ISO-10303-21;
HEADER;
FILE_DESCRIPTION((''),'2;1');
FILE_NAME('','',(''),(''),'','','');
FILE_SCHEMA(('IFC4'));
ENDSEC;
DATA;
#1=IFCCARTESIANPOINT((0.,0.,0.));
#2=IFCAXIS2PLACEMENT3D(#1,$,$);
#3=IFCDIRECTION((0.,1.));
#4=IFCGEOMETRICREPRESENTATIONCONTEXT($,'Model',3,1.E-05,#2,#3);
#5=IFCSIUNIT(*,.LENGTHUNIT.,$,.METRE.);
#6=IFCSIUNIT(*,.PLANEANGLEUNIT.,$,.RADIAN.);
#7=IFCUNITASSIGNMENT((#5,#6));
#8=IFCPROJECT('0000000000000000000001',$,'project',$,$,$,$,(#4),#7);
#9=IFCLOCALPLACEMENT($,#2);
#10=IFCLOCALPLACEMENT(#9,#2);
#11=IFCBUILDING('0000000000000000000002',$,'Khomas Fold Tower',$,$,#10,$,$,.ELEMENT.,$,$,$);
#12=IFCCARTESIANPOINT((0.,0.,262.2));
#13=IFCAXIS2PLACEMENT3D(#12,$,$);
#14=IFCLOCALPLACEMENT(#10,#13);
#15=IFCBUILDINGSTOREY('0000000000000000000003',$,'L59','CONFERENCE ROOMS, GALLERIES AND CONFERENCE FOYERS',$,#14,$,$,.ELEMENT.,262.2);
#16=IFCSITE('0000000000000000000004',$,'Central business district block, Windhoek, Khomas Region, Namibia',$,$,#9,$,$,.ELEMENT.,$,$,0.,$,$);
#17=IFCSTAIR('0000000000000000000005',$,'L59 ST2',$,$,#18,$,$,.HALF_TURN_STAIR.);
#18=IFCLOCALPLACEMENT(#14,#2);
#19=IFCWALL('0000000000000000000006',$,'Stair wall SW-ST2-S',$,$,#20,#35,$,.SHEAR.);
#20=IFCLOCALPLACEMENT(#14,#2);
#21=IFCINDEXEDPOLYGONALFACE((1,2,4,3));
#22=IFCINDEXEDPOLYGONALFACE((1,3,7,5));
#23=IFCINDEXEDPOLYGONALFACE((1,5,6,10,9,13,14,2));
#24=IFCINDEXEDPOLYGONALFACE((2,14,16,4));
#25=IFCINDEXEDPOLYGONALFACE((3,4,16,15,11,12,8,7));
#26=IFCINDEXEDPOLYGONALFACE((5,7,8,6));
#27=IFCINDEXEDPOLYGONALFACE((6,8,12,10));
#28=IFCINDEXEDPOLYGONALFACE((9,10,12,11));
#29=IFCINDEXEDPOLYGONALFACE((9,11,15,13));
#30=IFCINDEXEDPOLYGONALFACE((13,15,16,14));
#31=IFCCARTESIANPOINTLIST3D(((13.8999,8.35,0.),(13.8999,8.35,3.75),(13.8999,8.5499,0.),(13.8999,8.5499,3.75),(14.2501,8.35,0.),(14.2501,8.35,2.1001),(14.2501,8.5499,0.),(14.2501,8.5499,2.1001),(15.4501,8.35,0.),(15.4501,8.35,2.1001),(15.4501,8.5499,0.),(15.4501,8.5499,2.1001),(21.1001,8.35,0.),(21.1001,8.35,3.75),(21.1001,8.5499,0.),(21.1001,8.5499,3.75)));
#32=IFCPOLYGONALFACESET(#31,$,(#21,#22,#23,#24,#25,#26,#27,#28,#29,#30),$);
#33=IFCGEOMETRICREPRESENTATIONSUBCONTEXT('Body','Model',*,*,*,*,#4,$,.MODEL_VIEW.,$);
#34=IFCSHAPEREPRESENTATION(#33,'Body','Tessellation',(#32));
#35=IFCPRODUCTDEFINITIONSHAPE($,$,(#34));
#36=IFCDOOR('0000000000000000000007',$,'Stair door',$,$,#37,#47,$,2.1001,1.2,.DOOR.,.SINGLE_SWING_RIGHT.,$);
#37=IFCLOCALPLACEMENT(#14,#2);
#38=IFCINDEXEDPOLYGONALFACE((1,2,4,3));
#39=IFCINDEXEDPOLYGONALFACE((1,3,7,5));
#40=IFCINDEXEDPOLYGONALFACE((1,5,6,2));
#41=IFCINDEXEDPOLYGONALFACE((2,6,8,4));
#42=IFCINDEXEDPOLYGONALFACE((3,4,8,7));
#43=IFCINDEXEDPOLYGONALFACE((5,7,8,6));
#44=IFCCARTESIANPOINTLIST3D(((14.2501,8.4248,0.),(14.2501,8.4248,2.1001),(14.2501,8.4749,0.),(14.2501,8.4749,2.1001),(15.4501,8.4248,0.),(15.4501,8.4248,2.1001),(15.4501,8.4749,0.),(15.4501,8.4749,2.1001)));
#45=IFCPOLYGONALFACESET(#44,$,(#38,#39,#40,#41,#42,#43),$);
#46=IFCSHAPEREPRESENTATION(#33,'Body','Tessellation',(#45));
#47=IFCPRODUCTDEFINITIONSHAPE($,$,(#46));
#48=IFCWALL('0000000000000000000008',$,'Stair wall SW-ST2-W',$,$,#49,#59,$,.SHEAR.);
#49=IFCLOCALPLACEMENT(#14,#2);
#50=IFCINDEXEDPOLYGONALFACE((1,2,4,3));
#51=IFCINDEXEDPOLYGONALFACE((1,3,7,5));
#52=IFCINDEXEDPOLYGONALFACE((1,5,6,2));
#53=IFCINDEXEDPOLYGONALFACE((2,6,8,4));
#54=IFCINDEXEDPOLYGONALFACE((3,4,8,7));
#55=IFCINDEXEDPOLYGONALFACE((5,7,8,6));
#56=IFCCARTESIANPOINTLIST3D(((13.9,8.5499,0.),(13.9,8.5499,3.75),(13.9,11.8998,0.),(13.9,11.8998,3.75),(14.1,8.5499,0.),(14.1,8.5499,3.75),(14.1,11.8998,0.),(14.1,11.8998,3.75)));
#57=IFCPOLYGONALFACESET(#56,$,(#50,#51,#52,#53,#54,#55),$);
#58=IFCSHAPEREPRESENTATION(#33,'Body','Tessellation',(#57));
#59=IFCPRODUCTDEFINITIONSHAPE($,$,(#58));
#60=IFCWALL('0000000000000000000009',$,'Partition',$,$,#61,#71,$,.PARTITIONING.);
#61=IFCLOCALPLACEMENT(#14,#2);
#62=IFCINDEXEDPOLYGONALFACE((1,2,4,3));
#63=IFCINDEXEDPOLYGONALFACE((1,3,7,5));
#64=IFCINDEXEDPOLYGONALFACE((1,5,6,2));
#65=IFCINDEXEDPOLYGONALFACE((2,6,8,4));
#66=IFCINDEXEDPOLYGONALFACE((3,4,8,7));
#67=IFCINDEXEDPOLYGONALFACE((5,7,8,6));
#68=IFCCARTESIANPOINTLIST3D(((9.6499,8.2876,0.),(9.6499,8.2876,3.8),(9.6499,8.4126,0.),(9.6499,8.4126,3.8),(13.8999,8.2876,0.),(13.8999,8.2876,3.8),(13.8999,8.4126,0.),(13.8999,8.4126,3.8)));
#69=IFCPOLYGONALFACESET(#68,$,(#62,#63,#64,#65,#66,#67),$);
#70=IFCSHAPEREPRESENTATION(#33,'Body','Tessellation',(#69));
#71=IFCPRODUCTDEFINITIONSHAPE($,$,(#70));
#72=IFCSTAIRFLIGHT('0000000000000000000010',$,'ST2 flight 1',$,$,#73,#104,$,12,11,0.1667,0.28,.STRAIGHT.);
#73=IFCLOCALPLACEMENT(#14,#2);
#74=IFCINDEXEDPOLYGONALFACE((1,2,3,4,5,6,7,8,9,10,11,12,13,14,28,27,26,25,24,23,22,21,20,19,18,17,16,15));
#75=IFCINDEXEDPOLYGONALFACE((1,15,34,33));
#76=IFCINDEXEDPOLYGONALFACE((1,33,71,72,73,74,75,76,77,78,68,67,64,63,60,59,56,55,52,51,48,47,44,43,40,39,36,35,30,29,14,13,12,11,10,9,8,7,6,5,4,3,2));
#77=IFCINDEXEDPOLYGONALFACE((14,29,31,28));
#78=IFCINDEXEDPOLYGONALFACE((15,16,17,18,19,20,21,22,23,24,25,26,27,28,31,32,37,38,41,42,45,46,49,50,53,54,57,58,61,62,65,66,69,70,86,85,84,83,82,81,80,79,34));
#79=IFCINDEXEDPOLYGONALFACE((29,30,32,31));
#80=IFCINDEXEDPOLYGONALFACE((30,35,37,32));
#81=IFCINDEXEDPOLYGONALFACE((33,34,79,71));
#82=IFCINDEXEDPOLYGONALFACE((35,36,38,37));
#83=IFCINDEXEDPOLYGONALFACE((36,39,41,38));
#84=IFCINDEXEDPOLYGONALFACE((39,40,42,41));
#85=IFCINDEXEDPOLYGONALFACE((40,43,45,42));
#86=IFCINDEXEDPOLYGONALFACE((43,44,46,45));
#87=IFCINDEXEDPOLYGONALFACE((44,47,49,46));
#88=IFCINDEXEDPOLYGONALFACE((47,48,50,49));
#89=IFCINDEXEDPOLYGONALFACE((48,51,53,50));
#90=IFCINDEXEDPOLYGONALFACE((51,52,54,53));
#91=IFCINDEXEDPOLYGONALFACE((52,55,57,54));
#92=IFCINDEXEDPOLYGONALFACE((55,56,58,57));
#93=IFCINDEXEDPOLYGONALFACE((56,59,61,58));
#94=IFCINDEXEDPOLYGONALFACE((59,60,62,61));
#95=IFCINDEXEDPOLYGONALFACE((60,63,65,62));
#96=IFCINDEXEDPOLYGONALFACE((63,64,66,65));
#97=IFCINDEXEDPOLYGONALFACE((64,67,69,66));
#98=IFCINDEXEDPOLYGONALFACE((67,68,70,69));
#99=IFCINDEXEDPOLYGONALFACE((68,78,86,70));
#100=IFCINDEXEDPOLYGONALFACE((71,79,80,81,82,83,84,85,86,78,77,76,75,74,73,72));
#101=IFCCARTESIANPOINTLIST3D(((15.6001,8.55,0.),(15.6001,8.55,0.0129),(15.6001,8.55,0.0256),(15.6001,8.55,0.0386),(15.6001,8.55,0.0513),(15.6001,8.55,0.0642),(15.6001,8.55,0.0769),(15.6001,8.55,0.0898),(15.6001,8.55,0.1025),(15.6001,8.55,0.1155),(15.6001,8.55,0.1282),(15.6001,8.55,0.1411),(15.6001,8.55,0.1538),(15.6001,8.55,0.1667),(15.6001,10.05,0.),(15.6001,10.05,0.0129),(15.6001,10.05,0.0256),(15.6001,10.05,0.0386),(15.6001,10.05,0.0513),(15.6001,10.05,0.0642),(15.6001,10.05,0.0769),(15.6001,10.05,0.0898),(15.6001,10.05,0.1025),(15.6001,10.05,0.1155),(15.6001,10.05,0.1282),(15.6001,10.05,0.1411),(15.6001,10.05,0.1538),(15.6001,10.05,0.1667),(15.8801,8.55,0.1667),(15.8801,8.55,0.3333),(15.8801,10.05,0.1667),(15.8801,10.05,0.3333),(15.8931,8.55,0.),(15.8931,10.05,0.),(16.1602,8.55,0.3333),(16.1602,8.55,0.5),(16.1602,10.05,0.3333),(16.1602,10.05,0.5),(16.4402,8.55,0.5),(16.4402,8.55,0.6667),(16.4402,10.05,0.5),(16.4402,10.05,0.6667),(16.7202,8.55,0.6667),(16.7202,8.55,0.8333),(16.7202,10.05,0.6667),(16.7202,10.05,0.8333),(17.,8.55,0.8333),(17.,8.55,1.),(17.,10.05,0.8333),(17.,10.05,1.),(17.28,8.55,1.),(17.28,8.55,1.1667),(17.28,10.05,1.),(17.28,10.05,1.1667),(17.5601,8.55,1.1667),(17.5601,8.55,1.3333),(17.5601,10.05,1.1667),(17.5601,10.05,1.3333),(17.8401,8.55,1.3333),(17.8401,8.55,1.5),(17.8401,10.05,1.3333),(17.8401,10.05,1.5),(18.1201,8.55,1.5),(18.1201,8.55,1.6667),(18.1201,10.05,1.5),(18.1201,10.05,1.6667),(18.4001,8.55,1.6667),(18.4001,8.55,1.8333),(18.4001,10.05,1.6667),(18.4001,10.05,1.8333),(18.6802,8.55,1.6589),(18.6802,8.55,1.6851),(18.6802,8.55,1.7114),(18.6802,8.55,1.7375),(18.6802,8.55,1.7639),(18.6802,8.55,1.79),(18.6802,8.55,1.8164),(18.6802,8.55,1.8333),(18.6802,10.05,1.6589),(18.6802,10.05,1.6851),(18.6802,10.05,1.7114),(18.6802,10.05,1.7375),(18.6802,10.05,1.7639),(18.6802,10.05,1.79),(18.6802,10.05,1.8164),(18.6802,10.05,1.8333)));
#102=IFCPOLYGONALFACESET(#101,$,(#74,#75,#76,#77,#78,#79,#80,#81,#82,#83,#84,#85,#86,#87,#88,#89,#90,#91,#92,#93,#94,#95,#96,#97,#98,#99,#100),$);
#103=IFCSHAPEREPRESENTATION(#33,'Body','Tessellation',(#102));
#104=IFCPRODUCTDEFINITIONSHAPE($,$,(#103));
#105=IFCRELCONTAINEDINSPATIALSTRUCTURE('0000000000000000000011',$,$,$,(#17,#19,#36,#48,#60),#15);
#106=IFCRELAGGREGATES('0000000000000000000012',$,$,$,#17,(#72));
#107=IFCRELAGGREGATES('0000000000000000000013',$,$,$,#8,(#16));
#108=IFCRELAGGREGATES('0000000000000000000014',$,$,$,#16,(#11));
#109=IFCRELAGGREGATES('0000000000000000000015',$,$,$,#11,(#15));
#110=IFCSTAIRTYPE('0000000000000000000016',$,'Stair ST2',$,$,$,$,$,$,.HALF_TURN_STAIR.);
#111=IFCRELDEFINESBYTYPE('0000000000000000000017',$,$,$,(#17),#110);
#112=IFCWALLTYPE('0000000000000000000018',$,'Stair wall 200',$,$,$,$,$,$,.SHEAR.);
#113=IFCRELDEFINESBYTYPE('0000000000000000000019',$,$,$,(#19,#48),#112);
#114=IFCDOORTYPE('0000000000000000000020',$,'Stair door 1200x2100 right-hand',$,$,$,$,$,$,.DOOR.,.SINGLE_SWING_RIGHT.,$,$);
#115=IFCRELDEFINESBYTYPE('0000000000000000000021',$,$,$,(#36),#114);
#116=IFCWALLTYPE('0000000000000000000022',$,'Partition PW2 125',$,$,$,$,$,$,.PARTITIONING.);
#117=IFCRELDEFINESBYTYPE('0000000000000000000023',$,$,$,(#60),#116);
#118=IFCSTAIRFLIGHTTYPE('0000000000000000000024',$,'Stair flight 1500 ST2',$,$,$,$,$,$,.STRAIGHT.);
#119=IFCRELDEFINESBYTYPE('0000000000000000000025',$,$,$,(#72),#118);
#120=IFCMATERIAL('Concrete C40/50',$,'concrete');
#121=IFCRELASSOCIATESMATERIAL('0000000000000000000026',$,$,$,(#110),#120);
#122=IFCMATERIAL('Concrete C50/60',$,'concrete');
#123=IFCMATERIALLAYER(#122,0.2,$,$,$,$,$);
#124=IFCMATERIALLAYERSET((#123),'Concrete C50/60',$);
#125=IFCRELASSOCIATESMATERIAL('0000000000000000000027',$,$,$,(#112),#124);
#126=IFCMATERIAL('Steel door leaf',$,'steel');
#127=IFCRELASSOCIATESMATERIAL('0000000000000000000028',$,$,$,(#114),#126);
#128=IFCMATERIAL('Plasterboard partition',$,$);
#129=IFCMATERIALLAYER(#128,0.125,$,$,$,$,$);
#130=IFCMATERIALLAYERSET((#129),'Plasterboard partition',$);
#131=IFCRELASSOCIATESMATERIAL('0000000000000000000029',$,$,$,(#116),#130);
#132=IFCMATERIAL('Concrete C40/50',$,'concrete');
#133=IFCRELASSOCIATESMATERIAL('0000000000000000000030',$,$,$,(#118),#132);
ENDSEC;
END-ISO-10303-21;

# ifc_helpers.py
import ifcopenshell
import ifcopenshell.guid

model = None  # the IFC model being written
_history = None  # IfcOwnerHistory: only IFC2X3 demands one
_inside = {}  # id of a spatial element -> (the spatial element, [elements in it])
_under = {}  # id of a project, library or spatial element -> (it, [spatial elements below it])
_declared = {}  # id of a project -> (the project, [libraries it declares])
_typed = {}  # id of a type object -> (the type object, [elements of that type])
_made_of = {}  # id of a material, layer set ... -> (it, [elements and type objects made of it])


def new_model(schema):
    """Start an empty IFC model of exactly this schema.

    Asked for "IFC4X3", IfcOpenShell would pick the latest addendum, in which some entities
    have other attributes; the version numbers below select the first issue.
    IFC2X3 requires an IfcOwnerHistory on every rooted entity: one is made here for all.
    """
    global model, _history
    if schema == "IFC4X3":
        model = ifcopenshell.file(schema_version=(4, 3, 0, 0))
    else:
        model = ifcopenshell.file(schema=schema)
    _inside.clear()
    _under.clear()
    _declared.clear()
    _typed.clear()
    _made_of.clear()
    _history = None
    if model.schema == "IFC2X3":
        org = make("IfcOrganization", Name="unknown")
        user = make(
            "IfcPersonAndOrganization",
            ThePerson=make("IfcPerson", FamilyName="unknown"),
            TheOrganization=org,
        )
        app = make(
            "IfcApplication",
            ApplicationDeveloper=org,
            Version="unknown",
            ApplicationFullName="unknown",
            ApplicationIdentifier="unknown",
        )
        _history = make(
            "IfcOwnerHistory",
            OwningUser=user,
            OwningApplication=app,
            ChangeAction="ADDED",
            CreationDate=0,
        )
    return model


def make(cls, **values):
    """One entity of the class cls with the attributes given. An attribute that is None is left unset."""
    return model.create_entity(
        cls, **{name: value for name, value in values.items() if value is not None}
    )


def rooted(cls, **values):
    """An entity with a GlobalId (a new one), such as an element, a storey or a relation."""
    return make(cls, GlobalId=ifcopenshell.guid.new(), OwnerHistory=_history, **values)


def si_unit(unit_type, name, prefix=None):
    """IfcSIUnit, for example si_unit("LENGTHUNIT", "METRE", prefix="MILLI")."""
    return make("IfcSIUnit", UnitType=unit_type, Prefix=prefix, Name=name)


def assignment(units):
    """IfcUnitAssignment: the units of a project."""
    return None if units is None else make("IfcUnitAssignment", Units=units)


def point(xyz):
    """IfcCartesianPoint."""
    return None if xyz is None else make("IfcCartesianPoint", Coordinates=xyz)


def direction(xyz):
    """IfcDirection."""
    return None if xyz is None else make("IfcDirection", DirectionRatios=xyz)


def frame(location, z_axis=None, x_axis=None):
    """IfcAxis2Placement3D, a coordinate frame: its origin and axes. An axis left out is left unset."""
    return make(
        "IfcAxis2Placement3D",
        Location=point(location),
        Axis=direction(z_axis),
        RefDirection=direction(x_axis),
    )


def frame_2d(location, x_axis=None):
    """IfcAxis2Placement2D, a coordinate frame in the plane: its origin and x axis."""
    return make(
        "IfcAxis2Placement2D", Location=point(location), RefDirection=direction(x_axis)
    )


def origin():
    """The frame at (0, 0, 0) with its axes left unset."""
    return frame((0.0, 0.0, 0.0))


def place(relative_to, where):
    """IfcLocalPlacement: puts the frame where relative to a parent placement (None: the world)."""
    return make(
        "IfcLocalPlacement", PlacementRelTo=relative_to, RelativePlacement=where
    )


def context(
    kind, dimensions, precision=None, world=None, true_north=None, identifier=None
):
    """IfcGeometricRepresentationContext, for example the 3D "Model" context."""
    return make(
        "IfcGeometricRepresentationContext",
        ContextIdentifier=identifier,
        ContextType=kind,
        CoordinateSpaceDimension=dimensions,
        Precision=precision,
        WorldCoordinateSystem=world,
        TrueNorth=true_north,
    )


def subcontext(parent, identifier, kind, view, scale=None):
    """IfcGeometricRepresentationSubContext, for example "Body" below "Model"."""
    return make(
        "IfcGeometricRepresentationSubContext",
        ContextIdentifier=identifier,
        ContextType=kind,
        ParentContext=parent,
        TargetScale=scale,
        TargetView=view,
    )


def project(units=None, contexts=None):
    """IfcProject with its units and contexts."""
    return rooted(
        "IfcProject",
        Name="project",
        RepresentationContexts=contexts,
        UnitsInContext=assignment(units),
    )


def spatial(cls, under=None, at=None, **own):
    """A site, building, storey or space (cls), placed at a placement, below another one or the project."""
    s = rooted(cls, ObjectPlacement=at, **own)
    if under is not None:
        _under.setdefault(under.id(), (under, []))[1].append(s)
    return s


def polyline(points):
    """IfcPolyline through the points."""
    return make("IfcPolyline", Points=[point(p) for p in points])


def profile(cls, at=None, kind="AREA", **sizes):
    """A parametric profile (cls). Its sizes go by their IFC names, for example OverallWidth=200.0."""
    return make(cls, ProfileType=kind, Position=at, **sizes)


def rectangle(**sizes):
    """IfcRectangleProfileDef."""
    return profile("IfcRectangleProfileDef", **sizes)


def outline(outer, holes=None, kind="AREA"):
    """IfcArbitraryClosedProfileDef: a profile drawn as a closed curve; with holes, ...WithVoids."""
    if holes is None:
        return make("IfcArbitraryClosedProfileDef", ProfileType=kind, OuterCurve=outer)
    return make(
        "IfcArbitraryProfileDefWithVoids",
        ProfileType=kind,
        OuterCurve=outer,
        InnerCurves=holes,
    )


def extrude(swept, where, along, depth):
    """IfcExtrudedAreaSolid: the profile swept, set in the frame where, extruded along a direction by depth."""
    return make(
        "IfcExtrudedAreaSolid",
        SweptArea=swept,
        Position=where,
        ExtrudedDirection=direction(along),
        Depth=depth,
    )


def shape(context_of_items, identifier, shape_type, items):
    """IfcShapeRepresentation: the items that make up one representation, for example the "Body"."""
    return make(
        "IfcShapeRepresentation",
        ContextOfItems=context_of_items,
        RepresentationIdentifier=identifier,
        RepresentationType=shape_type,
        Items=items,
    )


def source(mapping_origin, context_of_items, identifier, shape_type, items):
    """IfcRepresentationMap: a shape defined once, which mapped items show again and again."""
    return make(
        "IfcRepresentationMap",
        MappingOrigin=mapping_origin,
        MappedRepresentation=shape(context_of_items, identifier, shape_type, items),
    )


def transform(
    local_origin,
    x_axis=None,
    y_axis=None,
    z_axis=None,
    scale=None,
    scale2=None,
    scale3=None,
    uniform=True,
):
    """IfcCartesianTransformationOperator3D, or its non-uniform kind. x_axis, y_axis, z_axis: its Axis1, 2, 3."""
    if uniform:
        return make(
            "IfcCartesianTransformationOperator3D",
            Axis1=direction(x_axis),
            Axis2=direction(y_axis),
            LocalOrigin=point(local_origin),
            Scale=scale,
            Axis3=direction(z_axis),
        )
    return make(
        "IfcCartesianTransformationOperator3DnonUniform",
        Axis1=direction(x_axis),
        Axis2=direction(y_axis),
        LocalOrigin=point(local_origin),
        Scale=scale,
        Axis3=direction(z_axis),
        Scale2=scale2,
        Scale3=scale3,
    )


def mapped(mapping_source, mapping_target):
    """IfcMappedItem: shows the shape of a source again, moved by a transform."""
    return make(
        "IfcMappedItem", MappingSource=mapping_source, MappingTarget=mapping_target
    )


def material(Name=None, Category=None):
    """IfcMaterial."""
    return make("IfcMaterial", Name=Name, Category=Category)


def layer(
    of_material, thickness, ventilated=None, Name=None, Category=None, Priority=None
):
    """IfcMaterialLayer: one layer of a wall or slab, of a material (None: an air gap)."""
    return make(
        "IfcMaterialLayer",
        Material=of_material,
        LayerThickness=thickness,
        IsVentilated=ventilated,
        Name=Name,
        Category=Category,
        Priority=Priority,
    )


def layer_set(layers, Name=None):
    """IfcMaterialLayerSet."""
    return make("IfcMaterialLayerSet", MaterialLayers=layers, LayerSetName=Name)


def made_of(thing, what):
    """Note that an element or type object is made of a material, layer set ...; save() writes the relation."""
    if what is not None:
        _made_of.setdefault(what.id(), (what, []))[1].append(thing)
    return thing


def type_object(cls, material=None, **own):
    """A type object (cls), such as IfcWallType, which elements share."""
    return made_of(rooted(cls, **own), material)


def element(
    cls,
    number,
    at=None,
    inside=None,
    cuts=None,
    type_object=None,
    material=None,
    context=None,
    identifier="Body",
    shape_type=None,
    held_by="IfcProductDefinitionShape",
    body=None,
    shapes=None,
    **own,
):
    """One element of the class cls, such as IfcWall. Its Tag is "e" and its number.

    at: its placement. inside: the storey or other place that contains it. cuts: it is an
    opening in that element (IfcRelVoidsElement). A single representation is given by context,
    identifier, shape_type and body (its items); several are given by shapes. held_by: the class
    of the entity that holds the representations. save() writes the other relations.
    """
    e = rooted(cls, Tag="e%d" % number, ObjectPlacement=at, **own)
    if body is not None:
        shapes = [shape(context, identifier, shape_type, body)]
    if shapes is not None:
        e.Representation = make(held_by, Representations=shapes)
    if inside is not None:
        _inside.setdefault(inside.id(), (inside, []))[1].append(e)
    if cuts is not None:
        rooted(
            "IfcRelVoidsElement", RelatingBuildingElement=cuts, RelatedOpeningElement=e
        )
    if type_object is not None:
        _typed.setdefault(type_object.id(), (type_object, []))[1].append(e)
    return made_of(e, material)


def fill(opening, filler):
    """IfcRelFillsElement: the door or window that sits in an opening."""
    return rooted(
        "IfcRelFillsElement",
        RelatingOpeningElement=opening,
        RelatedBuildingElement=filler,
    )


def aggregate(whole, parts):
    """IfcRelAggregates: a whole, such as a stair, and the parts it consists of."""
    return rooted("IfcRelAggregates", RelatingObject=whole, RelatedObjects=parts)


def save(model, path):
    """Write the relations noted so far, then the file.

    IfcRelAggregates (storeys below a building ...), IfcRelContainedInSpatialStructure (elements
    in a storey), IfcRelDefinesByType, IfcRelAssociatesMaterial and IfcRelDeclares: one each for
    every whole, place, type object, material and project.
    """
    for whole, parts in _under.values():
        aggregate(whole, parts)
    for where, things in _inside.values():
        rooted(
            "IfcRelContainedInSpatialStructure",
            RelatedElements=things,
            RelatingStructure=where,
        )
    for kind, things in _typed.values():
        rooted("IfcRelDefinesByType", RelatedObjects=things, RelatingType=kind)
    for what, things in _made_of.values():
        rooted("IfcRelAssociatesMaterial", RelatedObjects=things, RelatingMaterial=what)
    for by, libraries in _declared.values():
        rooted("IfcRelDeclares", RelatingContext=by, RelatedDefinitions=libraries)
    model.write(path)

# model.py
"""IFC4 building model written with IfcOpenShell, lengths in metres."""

from ifc_helpers import new_model, si_unit, direction, frame, frame_2d, origin, place, context, subcontext, project, spatial, polyline, rectangle, outline, extrude, source, transform, mapped, material, layer, layer_set, type_object, element, fill, aggregate, save


model = new_model("IFC4")

# Units and contexts
model_context = context("Model", 3, precision=1e-05, world=origin(), true_north=direction((0.0, 1.0)))
body_context = subcontext(model_context, "Body", "Model", "MODEL_VIEW")
ifc_project = project(units=[si_unit("LENGTHUNIT", "METRE"), si_unit("PLANEANGLEUNIT", "RADIAN")], contexts=[model_context])

# Site, building, storey
site_placement = place(None, origin())
site = spatial("IfcSite", under=ifc_project, at=site_placement, Name="Central business district block, Windhoek, Khomas Region, Namibia", CompositionType="ELEMENT", RefElevation=0.0)
building_placement = place(site_placement, origin())
building = spatial("IfcBuilding", under=site, at=building_placement, Name="Khomas Fold Tower", CompositionType="ELEMENT")
storey_placement = place(building_placement, frame((0.0, 0.0, 262.2)))
storey = spatial("IfcBuildingStorey", under=building, at=storey_placement, Name="L59", Description="CONFERENCE ROOMS, GALLERIES AND CONFERENCE FOYERS", CompositionType="ELEMENT", Elevation=262.2)

# Stair
ifc_material_1 = material(Name="Concrete C40/50", Category="concrete")
stair_type_1 = type_object("IfcStairType", Name="Stair ST2", PredefinedType="HALF_TURN_STAIR", material=ifc_material_1)
stair_1_placement = place(storey_placement, origin())
stair_1 = element("IfcStair", 1, at=stair_1_placement, inside=storey, type_object=stair_type_1, Name="L59 ST2", PredefinedType="HALF_TURN_STAIR")

# Wall, opening, door
ifc_material_2 = material(Name="Concrete C50/60", Category="concrete")
ifc_layer_1 = layer(ifc_material_2, 0.2)
ifc_layer_set_1 = layer_set([ifc_layer_1], Name="Concrete C50/60")
wall_type_1 = type_object("IfcWallType", Name="Stair wall 200", PredefinedType="SHEAR", material=ifc_layer_set_1)
shared_shape_1 = source(origin(), body_context, "Body", "SweptSolid", [
    extrude(rectangle(XDim=7.2002, YDim=0.2, at=frame_2d((3.6001, 0.0))), origin(), (0.0, 0.0, 1.0), 3.75),
])
wall_1_placement = place(storey_placement, frame((13.8999, 8.45, 0.0), z_axis=(0.0, 0.0, 1.0), x_axis=(1.0, 0.0, 0.0)))
wall_1 = element("IfcWall", 2, at=wall_1_placement, inside=storey, type_object=wall_type_1, Name="Stair wall SW-ST2-S", PredefinedType="SHEAR", context=body_context, shape_type="MappedRepresentation", body=[
    mapped(shared_shape_1, transform((0.0, 0.0, 0.0))),
])
shared_shape_2 = source(origin(), body_context, "Body", "SweptSolid", [
    extrude(rectangle(XDim=1.2, YDim=2.1001, at=frame_2d((0.6001, 1.05))), frame((0.0, 0.1099, 0.0), z_axis=(0.0, -1.0, 0.0), x_axis=(1.0, 0.0, 0.0)), (0.0, 0.0, 1.0), 0.22),
])
opening_placement = place(wall_1_placement, frame((0.3501, 0.0, 0.0)))
opening = element("IfcOpeningElement", 3, at=opening_placement, cuts=wall_1, PredefinedType="OPENING", context=body_context, shape_type="MappedRepresentation", body=[
    mapped(shared_shape_2, transform((0.0, 0.0, 0.0))),
])
ifc_material_3 = material(Name="Steel door leaf", Category="steel")
door_type = type_object("IfcDoorType", Name="Stair door 1200x2100 right-hand", OperationType="SINGLE_SWING_RIGHT", PredefinedType="DOOR", material=ifc_material_3)
shared_shape_3 = source(origin(), body_context, "Body", "SweptSolid", [
    extrude(rectangle(XDim=1.2, YDim=2.1001, at=frame_2d((0.6001, 1.05))), frame((0.0, 0.0249, 0.0), z_axis=(0.0, -1.0, 0.0), x_axis=(1.0, 0.0, 0.0)), (0.0, 0.0, 1.0), 0.05),
])
door_placement = place(opening_placement, origin())
door = element("IfcDoor", 4, at=door_placement, inside=storey, type_object=door_type, Name="Stair door", OperationType="SINGLE_SWING_RIGHT", OverallHeight=2.1001, OverallWidth=1.2, PredefinedType="DOOR", context=body_context, shape_type="MappedRepresentation", body=[
    mapped(shared_shape_3, transform((0.0, 0.0, 0.0))),
])
fill(opening, door)

# Walls
shared_shape_4 = source(origin(), body_context, "Body", "SweptSolid", [
    extrude(rectangle(XDim=3.3499, YDim=0.2, at=frame_2d((1.6748, 0.0))), origin(), (0.0, 0.0, 1.0), 3.75),
])
wall_2_placement = place(storey_placement, frame((14.0, 8.55, 0.0), z_axis=(0.0, 0.0, 1.0), x_axis=(0.0, 1.0, 0.0)))
element("IfcWall", 5, at=wall_2_placement, inside=storey, type_object=wall_type_1, Name="Stair wall SW-ST2-W", PredefinedType="SHEAR", context=body_context, shape_type="MappedRepresentation", body=[
    mapped(shared_shape_4, transform((0.0, 0.0, 0.0))),
])
ifc_material_4 = material(Name="Plasterboard partition")
ifc_layer_2 = layer(ifc_material_4, 0.125)
ifc_layer_set_2 = layer_set([ifc_layer_2], Name="Plasterboard partition")
wall_type_2 = type_object("IfcWallType", Name="Partition PW2 125", PredefinedType="PARTITIONING", material=ifc_layer_set_2)
shared_shape_5 = source(origin(), body_context, "Body", "SweptSolid", [
    extrude(rectangle(XDim=4.25, YDim=0.125, at=frame_2d((2.125, 0.0))), origin(), (0.0, 0.0, 1.0), 3.8),
])
wall_3_placement = place(storey_placement, frame((9.6499, 8.3501, 0.0), z_axis=(0.0, 0.0, 1.0), x_axis=(1.0, 0.0, 0.0)))
element("IfcWall", 6, at=wall_3_placement, inside=storey, type_object=wall_type_2, Name="Partition", PredefinedType="PARTITIONING", context=body_context, shape_type="MappedRepresentation", body=[
    mapped(shared_shape_5, transform((0.0, 0.0, 0.0))),
])

# Stair flight
ifc_material_5 = material(Name="Concrete C40/50", Category="concrete")
stair_flight_type = type_object("IfcStairFlightType", Name="Stair flight 1500 ST2", PredefinedType="STRAIGHT", material=ifc_material_5)
shared_shape_6 = source(origin(), body_context, "Body", "SweptSolid", [
    extrude(outline(polyline([(0.0, 0.0), (0.0, 0.0129), (0.0, 0.0256), (0.0, 0.0386), (0.0, 0.0513), (0.0, 0.0642), (0.0, 0.0769), (0.0, 0.0898), (0.0, 0.1025), (0.0, 0.1155), (0.0, 0.1282), (0.0, 0.1411), (0.0, 0.1538), (0.0, 0.1667), (0.28, 0.1667), (0.28, 0.3333), (0.5601, 0.3333), (0.5601, 0.5), (0.8401, 0.5), (0.8401, 0.6667), (1.1201, 0.6667), (1.1201, 0.8333), (1.3999, 0.8333), (1.3999, 1.0), (1.6799, 1.0), (1.6799, 1.1667), (1.96, 1.1667), (1.96, 1.3333), (2.24, 1.3333), (2.24, 1.5), (2.52, 1.5), (2.52, 1.6667), (2.8, 1.6667), (2.8, 1.8333), (3.0801, 1.8333), (3.0801, 2.0), (3.0801, 1.9739), (3.0801, 1.9475), (3.0801, 1.9214), (3.0801, 1.895), (3.0801, 1.8689), (3.0801, 1.8425), (3.0801, 1.8164), (3.0801, 1.79), (3.0801, 1.7639), (3.0801, 1.7375), (3.0801, 1.7114), (3.0801, 1.6851), (3.0801, 1.6589), (0.293, 0.0), (0.0, 0.0)])), frame((0.0, 0.75, 0.0), z_axis=(0.0, -1.0, 0.0), x_axis=(1.0, 0.0, 0.0)), (0.0, 0.0, 1.0), 1.5),
])
stair_flight_placement = place(storey_placement, frame((15.6001, 9.3, 0.0), z_axis=(0.0, 0.0, 1.0), x_axis=(1.0, 0.0, 0.0)))
stair_flight = element("IfcStairFlight", 7, at=stair_flight_placement, type_object=stair_flight_type, Name="ST2 flight 1", NumberOfRisers=12, NumberOfTreads=11, PredefinedType="STRAIGHT", RiserHeight=0.1667, TreadLength=0.28, context=body_context, shape_type="MappedRepresentation", body=[
    mapped(shared_shape_6, transform((0.0, 0.0, 0.0))),
])
aggregate(stair_1, [stair_flight])

save(model, "model.ifc")
